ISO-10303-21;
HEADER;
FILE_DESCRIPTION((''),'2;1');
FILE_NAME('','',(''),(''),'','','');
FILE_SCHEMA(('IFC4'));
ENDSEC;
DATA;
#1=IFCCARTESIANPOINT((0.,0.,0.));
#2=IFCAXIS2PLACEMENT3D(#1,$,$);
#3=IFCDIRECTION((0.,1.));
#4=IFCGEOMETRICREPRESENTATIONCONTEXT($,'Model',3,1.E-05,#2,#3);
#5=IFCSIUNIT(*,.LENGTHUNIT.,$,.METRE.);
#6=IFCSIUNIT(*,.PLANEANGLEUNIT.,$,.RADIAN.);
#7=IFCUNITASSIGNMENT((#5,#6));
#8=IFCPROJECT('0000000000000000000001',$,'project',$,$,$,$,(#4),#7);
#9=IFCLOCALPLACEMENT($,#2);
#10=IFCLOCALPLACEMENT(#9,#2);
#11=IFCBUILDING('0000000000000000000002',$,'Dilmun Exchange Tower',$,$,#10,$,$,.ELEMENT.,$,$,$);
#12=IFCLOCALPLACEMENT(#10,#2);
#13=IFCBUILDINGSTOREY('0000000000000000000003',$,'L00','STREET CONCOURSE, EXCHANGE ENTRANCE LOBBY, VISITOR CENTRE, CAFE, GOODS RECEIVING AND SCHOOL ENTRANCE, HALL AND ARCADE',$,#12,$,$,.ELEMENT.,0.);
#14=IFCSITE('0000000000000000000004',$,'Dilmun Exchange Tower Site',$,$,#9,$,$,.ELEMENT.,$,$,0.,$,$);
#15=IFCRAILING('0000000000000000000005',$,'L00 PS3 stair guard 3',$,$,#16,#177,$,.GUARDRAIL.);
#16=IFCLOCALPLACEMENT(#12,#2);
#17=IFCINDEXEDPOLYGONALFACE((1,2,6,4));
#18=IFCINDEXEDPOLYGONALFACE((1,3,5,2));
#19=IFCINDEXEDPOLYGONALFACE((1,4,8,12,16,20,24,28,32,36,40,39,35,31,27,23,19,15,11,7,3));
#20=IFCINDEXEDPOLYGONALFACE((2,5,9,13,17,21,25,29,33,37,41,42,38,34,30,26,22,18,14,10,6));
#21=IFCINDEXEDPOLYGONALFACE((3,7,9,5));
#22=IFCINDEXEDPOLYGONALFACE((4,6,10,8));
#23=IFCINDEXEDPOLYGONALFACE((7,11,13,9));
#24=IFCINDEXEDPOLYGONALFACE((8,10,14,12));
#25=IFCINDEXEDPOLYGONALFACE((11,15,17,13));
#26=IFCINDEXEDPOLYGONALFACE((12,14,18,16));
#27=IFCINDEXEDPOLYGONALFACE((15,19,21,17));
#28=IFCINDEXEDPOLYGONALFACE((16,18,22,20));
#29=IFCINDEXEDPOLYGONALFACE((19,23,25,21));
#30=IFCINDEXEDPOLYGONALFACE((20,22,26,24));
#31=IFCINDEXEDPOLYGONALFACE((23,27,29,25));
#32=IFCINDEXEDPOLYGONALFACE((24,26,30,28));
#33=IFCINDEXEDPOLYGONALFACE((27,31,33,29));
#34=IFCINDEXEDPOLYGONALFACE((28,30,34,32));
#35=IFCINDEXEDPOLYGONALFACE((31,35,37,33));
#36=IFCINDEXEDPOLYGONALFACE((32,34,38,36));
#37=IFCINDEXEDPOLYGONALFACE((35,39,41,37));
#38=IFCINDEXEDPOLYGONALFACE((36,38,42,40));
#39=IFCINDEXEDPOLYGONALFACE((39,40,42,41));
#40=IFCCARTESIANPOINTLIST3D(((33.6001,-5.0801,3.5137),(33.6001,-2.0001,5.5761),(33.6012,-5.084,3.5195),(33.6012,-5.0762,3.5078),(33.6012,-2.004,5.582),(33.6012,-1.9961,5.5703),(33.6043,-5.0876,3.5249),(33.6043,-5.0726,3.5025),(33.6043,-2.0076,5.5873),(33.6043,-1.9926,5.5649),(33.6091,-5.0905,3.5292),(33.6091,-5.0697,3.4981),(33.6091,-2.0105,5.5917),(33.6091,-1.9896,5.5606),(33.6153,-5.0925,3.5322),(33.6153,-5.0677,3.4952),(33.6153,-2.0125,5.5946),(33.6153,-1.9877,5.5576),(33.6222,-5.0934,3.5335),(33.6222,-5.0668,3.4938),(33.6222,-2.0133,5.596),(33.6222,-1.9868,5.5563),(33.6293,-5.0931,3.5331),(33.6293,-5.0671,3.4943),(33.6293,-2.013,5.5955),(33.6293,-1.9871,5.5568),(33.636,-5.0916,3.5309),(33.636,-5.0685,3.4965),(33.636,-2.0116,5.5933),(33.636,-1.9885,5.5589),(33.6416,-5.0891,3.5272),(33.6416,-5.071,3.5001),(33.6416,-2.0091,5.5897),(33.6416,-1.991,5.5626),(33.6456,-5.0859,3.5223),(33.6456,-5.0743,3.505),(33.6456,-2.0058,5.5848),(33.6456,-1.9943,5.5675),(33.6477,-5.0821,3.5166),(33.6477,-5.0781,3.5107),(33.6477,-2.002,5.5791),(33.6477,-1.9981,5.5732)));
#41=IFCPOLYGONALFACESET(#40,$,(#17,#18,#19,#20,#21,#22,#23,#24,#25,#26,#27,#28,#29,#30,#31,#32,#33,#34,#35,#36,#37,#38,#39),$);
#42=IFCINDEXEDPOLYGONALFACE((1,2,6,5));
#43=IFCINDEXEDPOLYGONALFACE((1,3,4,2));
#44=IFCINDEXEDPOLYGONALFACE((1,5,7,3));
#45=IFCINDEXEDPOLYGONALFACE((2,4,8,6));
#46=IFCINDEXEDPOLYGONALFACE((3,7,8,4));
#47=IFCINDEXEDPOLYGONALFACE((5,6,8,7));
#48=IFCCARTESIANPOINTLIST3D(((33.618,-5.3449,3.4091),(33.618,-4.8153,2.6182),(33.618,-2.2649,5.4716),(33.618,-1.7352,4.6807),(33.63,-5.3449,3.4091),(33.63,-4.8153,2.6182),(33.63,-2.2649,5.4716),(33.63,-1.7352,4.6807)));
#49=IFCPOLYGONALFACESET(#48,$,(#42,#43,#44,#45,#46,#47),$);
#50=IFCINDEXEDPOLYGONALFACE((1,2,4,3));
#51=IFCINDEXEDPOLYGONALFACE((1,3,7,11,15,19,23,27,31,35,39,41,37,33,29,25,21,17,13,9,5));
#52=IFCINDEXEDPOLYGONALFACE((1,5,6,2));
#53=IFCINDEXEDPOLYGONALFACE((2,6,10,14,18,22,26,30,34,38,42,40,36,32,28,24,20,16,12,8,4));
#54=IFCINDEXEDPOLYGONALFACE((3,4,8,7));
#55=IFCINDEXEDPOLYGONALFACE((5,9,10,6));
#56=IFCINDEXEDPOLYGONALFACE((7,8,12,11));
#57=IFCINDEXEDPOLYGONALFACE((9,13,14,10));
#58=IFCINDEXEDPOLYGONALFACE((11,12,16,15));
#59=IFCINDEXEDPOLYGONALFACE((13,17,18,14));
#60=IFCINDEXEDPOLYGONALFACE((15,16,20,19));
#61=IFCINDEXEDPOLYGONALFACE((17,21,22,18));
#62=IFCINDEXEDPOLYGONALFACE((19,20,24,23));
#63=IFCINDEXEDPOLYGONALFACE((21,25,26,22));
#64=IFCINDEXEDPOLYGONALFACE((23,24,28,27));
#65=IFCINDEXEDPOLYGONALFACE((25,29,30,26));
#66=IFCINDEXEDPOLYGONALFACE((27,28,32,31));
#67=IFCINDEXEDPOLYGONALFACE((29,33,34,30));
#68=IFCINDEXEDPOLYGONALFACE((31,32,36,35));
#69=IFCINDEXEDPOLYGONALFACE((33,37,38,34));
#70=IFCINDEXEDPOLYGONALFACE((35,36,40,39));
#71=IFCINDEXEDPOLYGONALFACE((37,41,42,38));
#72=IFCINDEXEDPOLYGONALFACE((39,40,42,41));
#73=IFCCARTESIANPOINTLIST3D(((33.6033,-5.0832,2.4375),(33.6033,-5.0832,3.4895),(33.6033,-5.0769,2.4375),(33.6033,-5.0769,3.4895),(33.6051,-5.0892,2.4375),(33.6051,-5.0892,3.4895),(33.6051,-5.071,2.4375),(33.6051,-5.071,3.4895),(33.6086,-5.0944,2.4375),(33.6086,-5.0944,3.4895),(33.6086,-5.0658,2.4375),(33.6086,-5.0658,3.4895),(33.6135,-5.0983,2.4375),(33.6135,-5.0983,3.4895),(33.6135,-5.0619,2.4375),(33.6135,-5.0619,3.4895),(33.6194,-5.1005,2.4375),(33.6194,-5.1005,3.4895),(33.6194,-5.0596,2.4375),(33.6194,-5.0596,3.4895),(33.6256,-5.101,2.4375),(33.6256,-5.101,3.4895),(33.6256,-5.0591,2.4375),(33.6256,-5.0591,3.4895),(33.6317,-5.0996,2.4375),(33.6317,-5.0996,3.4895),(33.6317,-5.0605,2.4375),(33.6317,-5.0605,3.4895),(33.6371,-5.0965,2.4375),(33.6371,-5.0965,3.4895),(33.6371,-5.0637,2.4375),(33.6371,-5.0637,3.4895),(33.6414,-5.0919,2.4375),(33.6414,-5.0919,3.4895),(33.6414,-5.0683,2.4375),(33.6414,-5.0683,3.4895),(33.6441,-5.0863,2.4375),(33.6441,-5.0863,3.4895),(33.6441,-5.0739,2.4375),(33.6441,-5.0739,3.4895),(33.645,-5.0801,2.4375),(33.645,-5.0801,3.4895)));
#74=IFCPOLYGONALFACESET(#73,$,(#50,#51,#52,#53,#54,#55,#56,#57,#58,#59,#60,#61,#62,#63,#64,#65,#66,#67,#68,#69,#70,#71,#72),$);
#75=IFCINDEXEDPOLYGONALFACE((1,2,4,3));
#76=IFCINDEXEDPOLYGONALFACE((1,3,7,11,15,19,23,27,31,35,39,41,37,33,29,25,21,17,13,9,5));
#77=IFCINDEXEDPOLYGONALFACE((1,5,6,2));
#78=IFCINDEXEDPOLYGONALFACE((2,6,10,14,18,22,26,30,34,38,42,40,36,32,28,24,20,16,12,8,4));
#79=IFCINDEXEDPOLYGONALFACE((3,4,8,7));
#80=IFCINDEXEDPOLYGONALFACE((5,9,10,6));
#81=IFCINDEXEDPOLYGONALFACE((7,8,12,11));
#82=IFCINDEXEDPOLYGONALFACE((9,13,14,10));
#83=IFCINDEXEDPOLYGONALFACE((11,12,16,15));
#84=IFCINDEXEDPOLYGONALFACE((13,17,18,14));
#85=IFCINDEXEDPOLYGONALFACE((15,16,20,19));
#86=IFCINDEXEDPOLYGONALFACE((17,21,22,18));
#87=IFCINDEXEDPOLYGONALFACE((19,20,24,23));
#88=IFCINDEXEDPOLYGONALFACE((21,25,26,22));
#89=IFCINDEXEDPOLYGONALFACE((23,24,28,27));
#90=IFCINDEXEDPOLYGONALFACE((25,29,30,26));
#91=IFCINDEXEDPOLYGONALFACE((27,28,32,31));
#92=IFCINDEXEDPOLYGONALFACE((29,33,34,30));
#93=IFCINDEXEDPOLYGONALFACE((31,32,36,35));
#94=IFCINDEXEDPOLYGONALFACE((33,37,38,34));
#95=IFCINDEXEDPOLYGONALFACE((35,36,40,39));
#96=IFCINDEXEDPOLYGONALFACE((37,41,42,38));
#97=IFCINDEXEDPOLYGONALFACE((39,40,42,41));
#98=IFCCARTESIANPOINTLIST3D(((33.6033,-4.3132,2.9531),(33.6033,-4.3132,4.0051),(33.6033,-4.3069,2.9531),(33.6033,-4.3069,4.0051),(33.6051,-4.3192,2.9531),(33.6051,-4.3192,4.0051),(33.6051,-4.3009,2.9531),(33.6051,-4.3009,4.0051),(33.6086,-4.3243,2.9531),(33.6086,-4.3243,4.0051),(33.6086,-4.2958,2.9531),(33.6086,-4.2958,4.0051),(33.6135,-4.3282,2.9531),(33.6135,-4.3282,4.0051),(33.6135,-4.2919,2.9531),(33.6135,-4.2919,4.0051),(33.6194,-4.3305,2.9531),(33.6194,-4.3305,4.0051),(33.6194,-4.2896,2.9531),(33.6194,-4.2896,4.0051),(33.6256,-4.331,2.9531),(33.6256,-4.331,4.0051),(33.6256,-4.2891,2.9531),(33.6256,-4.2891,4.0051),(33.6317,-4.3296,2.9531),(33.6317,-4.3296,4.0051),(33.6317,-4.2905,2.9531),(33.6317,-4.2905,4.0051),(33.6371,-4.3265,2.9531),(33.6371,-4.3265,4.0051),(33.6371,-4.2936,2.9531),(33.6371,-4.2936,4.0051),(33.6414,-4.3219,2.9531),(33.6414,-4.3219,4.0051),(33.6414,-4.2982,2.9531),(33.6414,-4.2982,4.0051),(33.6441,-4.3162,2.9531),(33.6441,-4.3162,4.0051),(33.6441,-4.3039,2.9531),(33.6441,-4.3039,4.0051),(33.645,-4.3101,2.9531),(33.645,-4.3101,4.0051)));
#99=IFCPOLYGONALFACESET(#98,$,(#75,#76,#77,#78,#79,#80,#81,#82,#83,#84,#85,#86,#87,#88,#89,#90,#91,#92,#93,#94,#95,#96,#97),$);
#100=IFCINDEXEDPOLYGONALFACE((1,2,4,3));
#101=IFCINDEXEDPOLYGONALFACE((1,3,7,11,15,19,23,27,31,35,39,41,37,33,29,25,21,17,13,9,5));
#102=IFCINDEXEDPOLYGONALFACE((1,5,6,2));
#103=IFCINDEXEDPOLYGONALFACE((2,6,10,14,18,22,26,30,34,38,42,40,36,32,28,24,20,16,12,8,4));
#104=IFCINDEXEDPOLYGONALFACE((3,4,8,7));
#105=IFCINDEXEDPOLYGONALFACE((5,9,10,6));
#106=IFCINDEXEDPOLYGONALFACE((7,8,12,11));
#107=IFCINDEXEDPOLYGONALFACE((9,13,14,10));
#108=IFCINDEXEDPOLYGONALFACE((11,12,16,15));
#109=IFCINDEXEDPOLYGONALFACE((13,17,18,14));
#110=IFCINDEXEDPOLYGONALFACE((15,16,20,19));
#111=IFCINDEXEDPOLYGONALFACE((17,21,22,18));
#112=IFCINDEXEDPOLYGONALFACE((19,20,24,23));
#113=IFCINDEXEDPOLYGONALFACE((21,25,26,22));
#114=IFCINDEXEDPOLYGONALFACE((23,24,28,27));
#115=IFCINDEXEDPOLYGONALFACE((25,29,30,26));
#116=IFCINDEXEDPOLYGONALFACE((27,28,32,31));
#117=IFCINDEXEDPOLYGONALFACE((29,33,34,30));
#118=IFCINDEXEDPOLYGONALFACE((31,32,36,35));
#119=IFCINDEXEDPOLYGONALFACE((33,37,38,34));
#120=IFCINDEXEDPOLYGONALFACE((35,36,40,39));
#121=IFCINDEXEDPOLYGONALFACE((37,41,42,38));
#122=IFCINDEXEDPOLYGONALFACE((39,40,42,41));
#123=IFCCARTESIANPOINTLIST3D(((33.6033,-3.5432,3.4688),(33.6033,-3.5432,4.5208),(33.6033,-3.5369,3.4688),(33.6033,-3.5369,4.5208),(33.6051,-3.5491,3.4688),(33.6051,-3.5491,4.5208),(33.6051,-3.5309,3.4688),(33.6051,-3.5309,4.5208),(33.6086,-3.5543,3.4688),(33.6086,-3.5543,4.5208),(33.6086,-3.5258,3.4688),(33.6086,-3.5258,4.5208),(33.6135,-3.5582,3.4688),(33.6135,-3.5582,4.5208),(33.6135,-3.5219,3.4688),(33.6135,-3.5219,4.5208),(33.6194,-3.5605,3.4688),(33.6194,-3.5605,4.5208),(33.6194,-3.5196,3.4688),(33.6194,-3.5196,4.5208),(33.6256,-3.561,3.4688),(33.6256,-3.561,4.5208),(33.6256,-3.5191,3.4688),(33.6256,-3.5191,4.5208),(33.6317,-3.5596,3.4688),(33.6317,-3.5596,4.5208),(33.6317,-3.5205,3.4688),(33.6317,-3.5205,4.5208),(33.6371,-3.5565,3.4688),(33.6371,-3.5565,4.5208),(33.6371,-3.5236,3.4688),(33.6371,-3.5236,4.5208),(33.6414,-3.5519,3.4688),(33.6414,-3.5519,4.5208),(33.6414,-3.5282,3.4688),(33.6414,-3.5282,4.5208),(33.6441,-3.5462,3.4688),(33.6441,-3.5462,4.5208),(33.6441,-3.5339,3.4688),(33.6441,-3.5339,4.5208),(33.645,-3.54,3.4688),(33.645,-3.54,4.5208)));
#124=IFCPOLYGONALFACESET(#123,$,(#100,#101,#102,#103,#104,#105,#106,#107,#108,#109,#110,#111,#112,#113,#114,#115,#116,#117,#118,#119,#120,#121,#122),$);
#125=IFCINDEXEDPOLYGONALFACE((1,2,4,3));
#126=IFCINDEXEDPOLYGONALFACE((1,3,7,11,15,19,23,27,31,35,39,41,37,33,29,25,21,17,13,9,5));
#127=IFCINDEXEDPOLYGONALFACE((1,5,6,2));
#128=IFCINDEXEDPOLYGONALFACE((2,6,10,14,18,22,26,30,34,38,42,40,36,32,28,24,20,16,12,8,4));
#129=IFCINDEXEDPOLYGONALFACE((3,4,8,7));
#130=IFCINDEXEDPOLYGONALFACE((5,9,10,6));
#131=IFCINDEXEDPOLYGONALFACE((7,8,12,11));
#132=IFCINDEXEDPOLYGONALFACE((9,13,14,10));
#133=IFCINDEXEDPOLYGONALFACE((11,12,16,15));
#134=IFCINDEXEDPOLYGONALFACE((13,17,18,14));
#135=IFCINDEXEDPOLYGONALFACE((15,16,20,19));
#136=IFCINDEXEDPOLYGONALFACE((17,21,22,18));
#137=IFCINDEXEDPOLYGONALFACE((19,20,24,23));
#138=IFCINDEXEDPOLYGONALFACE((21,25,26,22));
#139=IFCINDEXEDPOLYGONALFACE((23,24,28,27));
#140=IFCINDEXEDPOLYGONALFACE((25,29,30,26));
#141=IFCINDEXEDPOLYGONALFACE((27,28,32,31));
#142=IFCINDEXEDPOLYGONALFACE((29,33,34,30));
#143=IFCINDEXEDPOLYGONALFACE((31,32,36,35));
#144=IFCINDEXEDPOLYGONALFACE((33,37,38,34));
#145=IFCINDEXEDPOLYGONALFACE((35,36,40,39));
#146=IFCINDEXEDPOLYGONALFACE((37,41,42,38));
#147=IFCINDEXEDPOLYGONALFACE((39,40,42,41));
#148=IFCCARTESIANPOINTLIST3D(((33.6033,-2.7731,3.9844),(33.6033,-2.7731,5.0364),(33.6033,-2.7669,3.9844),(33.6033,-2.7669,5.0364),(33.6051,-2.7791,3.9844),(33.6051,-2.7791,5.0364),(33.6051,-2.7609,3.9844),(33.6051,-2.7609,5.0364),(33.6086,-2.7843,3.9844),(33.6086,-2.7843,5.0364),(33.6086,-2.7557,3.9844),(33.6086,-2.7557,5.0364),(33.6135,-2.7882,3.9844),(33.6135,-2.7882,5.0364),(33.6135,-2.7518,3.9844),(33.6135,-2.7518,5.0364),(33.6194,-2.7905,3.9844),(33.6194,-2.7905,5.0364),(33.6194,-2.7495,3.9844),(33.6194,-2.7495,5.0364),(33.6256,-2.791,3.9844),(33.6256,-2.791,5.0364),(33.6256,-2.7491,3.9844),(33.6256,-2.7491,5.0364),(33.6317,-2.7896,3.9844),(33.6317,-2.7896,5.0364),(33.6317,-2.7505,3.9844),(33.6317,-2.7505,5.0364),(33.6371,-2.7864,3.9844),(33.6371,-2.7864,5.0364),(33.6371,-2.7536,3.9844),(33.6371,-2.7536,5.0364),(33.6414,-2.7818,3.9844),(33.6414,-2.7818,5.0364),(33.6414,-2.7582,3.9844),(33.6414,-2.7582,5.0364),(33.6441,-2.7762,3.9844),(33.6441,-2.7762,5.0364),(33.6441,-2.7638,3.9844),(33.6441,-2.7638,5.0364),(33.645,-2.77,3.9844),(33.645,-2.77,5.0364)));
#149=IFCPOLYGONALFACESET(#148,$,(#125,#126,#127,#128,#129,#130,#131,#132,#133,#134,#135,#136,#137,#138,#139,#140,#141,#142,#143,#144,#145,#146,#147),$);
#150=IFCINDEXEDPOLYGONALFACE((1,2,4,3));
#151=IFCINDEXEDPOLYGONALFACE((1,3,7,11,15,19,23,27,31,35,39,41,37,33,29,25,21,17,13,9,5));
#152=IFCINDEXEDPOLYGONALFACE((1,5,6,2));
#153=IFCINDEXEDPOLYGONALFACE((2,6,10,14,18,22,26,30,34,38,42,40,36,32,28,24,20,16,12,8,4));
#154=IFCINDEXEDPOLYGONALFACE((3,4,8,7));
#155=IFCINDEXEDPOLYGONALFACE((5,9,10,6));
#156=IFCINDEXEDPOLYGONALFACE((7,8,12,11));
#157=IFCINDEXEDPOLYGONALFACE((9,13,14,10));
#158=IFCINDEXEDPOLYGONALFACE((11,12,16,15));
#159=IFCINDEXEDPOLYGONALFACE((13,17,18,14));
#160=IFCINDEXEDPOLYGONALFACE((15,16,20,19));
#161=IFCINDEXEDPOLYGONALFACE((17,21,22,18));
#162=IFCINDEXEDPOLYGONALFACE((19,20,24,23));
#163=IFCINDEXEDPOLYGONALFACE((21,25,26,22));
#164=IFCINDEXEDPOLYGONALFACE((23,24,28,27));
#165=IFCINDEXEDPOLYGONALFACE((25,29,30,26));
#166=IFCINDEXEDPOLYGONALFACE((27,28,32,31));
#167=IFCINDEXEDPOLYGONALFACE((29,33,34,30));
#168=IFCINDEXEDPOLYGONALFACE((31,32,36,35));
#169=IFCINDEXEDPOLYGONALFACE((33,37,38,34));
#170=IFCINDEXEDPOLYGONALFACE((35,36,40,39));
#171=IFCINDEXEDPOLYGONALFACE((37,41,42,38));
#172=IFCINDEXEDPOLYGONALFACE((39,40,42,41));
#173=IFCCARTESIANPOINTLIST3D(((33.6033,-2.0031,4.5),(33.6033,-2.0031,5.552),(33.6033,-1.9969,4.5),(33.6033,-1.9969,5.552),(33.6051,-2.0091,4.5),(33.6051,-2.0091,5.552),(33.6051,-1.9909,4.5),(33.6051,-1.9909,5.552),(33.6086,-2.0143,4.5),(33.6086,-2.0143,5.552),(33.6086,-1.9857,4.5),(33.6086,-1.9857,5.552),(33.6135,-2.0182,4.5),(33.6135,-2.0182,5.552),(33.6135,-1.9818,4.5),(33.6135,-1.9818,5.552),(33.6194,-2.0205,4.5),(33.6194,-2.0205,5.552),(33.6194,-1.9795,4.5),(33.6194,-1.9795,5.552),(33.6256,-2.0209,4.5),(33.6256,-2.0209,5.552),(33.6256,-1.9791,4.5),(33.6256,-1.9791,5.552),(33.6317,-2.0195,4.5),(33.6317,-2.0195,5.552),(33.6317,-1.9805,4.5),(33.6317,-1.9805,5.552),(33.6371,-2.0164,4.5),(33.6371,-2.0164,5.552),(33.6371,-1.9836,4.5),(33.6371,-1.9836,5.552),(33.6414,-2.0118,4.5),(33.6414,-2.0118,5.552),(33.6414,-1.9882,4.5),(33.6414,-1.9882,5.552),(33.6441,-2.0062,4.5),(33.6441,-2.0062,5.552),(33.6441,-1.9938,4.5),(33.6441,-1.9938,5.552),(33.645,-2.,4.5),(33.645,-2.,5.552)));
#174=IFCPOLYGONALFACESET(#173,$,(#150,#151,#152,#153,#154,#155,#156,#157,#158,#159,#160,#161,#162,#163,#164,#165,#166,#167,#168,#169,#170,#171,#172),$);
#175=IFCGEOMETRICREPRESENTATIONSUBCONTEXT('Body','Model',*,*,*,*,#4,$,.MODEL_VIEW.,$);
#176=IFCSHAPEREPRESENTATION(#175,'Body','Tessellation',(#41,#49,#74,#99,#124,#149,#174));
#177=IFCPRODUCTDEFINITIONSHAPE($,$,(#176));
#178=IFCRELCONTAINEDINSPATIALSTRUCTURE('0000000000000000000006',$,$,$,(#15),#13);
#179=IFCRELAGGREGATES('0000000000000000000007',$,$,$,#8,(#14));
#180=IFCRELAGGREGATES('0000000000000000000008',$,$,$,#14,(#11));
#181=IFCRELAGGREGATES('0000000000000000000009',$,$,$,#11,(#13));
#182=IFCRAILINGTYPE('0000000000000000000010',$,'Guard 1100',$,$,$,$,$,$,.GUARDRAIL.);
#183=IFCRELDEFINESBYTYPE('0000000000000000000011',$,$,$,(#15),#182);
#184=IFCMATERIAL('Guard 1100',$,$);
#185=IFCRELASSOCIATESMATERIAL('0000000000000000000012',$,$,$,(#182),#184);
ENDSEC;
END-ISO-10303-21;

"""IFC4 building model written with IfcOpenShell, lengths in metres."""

from ifc_helpers import new_model, si_unit, direction, frame, origin, origin_2d, place, context, subcontext, project, spatial, rectangle, circle, extrude, material, type_object, element, save


model = new_model("IFC4")

# Units and contexts
model_context = context("Model", 3, precision=1e-05, world=origin(), true_north=direction((0.0, 1.0)))
body_context = subcontext(model_context, "Body", "Model", "MODEL_VIEW")
ifc_project = project(units=[si_unit("LENGTHUNIT", "METRE"), si_unit("PLANEANGLEUNIT", "RADIAN")], contexts=[model_context])

# Site, building, storey
site_placement = place(None, origin())
site = spatial("IfcSite", under=ifc_project, at=site_placement, Name="Dilmun Exchange Tower Site", CompositionType="ELEMENT", RefElevation=0.0)
building_placement = place(site_placement, origin())
building = spatial("IfcBuilding", under=site, at=building_placement, Name="Dilmun Exchange Tower", CompositionType="ELEMENT")
storey_placement = place(building_placement, origin())
storey = spatial("IfcBuildingStorey", under=building, at=storey_placement, Name="L00", Description="STREET CONCOURSE, EXCHANGE ENTRANCE LOBBY, VISITOR CENTRE, CAFE, GOODS RECEIVING AND SCHOOL ENTRANCE, HALL AND ARCADE", CompositionType="ELEMENT", Elevation=0.0)

# Railing
ifc_material_1 = material(Name="Guard 1100")
railing_type_1 = type_object("IfcRailingType", Name="Guard 1100", PredefinedType="GUARDRAIL", material=ifc_material_1)
railing_1_placement = place(storey_placement, frame((33.624, -5.0801, 2.4375)))
element("IfcRailing", 1, at=railing_1_placement, inside=storey, type_object=railing_type_1, Name="L00 PS3 stair guard 3", PredefinedType="GUARDRAIL", context=body_context, shape_type="SweptSolid", body=[
    extrude(circle(Radius=0.0239, at=origin_2d()), frame((0.0, 0.0, 1.0762), z_axis=(0.0, 0.830914, 0.556401), x_axis=(-1.0, 0.0, 0.0)), (0.0, 0.0, 1.0), 3.7068),
    extrude(rectangle(XDim=0.012, YDim=0.9519, at=origin_2d()), frame((0.0, 0.0, 0.5762), z_axis=(0.0, 0.830914, 0.556401), x_axis=(-1.0, 0.0, 0.0)), (0.0, 0.0, 1.0), 3.7068),
    extrude(circle(Radius=0.021, at=origin_2d()), origin(), (0.0, 0.0, 1.0), 1.052),
    extrude(circle(Radius=0.021, at=origin_2d()), frame((0.0, 0.77, 0.5156)), (0.0, 0.0, 1.0), 1.052),
    extrude(circle(Radius=0.021, at=origin_2d()), frame((0.0, 1.54, 1.0312)), (0.0, 0.0, 1.0), 1.052),
    extrude(circle(Radius=0.021, at=origin_2d()), frame((0.0, 2.3101, 1.5469)), (0.0, 0.0, 1.0), 1.052),
    extrude(circle(Radius=0.021, at=origin_2d()), frame((0.0, 3.0801, 2.0625)), (0.0, 0.0, 1.0), 1.052),
])

save(model, "model.ifc")
